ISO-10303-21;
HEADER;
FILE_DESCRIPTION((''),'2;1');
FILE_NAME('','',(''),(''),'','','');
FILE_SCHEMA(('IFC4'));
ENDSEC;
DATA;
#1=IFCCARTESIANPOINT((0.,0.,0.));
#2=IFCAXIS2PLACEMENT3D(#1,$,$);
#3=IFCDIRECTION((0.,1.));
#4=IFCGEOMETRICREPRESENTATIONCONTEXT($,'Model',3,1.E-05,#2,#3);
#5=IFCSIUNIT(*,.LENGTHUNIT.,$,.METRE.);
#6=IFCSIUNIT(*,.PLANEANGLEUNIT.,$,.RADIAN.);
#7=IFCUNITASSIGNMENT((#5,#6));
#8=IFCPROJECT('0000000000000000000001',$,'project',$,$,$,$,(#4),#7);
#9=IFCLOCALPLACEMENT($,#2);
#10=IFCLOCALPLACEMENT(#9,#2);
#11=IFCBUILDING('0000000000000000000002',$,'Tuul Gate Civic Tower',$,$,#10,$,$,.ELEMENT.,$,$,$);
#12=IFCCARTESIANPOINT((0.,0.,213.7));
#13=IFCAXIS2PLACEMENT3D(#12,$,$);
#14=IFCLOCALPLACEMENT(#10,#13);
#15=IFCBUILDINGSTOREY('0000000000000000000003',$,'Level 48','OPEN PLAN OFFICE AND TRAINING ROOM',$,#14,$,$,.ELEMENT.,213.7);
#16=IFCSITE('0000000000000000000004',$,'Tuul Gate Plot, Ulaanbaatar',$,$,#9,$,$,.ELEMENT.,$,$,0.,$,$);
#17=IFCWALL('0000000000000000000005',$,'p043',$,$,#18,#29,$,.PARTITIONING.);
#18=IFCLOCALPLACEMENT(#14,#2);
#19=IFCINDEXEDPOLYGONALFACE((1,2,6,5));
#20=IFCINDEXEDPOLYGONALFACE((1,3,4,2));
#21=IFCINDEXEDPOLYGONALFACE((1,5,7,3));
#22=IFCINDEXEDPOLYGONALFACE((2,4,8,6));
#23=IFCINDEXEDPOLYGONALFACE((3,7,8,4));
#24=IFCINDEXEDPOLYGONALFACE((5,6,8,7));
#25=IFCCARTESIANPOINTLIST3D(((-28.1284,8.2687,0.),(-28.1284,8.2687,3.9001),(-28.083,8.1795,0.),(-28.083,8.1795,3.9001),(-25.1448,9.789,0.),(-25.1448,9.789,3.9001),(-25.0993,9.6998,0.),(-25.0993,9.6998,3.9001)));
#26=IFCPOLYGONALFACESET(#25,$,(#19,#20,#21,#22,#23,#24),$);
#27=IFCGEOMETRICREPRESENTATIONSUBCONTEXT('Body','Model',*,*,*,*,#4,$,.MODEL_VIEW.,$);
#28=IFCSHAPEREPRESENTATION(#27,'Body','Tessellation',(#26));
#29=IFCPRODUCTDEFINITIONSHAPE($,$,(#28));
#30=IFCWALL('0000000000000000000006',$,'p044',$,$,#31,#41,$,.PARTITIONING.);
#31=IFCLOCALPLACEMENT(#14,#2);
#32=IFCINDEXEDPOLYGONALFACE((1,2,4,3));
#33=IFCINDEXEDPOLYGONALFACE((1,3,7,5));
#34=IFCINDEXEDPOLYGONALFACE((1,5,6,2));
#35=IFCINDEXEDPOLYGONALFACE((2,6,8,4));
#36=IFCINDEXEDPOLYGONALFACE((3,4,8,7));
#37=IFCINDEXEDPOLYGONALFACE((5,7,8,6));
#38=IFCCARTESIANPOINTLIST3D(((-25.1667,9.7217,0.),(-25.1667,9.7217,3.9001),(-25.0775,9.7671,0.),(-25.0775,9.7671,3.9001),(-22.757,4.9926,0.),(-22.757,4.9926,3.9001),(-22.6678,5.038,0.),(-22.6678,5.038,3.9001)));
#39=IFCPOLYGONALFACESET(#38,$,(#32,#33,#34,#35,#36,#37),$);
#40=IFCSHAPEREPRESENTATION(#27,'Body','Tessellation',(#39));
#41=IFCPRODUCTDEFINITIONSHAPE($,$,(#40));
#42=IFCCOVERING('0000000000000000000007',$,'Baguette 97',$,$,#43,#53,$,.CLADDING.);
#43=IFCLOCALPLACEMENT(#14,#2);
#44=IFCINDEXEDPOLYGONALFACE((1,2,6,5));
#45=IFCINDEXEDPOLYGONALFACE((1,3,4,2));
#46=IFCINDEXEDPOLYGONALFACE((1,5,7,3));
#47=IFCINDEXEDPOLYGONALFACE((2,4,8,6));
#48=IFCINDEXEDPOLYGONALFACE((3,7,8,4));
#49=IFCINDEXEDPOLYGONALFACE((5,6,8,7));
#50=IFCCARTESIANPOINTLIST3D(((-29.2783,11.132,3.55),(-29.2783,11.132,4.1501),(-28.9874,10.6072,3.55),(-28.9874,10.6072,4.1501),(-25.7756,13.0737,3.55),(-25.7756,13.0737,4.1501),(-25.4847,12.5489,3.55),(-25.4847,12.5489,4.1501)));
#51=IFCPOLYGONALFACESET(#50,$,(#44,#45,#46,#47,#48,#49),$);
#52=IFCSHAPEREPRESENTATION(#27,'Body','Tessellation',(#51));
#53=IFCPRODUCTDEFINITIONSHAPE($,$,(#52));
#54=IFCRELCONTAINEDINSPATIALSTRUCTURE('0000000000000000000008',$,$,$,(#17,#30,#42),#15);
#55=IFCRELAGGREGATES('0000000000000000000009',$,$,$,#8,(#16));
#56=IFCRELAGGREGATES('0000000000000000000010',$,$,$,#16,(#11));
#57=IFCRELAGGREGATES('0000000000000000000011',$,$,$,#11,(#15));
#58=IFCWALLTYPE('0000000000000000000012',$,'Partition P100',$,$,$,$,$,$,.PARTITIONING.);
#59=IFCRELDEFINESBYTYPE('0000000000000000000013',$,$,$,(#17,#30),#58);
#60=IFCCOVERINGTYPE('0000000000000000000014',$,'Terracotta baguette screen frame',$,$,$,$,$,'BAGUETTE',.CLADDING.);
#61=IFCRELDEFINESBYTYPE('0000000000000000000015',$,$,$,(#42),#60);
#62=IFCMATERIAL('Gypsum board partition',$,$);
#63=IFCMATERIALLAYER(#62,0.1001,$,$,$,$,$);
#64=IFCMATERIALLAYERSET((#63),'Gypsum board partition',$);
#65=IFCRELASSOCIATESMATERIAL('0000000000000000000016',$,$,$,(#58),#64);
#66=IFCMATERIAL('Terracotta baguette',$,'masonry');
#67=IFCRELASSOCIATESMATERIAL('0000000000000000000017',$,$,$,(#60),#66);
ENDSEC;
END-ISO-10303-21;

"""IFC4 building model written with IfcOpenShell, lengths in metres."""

from ifc_helpers import new_model, si_unit, direction, frame, frame_2d, origin, origin_2d, place, context, subcontext, project, spatial, rectangle, extrude, material, layer, layer_set, material_profile, profile_set, type_object, element, save


model = new_model("IFC4")

# Units and contexts
model_context = context("Model", 3, precision=1e-05, world=origin(), true_north=direction((0.0, 1.0)))
body_context = subcontext(model_context, "Body", "Model", "MODEL_VIEW")
ifc_project = project(units=[si_unit("LENGTHUNIT", "METRE"), si_unit("PLANEANGLEUNIT", "RADIAN")], contexts=[model_context])

# Site, building, storey
site_placement = place(None, origin())
site = spatial("IfcSite", under=ifc_project, at=site_placement, Name="Tuul Gate Plot, Ulaanbaatar", CompositionType="ELEMENT", RefElevation=0.0)
building_placement = place(site_placement, origin())
building = spatial("IfcBuilding", under=site, at=building_placement, Name="Tuul Gate Civic Tower", CompositionType="ELEMENT")
storey_placement = place(building_placement, frame((0.0, 0.0, 213.7)))
storey = spatial("IfcBuildingStorey", under=building, at=storey_placement, Name="Level 48", Description="OPEN PLAN OFFICE AND TRAINING ROOM", CompositionType="ELEMENT", Elevation=213.7)

# Walls
ifc_material_1 = material(Name="Gypsum board partition")
ifc_layer_1 = layer(ifc_material_1, 0.1001)
ifc_layer_set_1 = layer_set([ifc_layer_1], Name="Gypsum board partition")
wall_type_1 = type_object("IfcWallType", Name="Partition P100", PredefinedType="PARTITIONING", material=ifc_layer_set_1)
wall_1_placement = place(storey_placement, frame((-28.1057, 8.2241, 0.0), z_axis=(0.0, 0.0, 1.0), x_axis=(0.891004, 0.453996, 0.0)))
element("IfcWall", 1, at=wall_1_placement, inside=storey, type_object=wall_type_1, Name="p043", PredefinedType="PARTITIONING", context=body_context, shape_type="SweptSolid", body=[
    extrude(rectangle(XDim=3.3486, YDim=0.1001, at=frame_2d((1.6743, 0.0))), origin(), (0.0, 0.0, 1.0), 3.9001),
])
wall_2_placement = place(storey_placement, frame((-25.1221, 9.7444, 0.0), z_axis=(0.0, 0.0, 1.0), x_axis=(0.454008, -0.890997, 0.0)))
element("IfcWall", 2, at=wall_2_placement, inside=storey, type_object=wall_type_1, Name="p044", PredefinedType="PARTITIONING", context=body_context, shape_type="SweptSolid", body=[
    extrude(rectangle(XDim=5.3076, YDim=0.1001, at=frame_2d((2.6538, 0.0))), origin(), (0.0, 0.0, 1.0), 3.9001),
])

# Covering
ifc_material_2 = material(Name="Terracotta baguette", Category="masonry")
ifc_material_profile_1 = material_profile(ifc_material_2, rectangle(XDim=0.6001, YDim=0.6001, at=origin_2d()), Name="Terracotta baguette screen frame")
ifc_profile_set_1 = profile_set([ifc_material_profile_1], Name="Terracotta baguette")
covering_type = type_object("IfcCoveringType", Name="Terracotta baguette screen frame", ElementType="BAGUETTE", PredefinedType="CLADDING", material=ifc_profile_set_1)
covering_placement = place(storey_placement, frame((-25.6301, 12.8113, 3.8501), z_axis=(-0.874611, -0.484825, 0.0), x_axis=(0.484825, -0.874611, 0.0)))
element("IfcCovering", 3, at=covering_placement, inside=storey, type_object=covering_type, Name="Baguette 97", PredefinedType="CLADDING", context=body_context, shape_type="SweptSolid", body=[
    extrude(rectangle(XDim=0.6001, YDim=0.6001, at=origin_2d()), origin(), (0.0, 0.0, 1.0), 4.0049),
])

save(model, "model.ifc")
